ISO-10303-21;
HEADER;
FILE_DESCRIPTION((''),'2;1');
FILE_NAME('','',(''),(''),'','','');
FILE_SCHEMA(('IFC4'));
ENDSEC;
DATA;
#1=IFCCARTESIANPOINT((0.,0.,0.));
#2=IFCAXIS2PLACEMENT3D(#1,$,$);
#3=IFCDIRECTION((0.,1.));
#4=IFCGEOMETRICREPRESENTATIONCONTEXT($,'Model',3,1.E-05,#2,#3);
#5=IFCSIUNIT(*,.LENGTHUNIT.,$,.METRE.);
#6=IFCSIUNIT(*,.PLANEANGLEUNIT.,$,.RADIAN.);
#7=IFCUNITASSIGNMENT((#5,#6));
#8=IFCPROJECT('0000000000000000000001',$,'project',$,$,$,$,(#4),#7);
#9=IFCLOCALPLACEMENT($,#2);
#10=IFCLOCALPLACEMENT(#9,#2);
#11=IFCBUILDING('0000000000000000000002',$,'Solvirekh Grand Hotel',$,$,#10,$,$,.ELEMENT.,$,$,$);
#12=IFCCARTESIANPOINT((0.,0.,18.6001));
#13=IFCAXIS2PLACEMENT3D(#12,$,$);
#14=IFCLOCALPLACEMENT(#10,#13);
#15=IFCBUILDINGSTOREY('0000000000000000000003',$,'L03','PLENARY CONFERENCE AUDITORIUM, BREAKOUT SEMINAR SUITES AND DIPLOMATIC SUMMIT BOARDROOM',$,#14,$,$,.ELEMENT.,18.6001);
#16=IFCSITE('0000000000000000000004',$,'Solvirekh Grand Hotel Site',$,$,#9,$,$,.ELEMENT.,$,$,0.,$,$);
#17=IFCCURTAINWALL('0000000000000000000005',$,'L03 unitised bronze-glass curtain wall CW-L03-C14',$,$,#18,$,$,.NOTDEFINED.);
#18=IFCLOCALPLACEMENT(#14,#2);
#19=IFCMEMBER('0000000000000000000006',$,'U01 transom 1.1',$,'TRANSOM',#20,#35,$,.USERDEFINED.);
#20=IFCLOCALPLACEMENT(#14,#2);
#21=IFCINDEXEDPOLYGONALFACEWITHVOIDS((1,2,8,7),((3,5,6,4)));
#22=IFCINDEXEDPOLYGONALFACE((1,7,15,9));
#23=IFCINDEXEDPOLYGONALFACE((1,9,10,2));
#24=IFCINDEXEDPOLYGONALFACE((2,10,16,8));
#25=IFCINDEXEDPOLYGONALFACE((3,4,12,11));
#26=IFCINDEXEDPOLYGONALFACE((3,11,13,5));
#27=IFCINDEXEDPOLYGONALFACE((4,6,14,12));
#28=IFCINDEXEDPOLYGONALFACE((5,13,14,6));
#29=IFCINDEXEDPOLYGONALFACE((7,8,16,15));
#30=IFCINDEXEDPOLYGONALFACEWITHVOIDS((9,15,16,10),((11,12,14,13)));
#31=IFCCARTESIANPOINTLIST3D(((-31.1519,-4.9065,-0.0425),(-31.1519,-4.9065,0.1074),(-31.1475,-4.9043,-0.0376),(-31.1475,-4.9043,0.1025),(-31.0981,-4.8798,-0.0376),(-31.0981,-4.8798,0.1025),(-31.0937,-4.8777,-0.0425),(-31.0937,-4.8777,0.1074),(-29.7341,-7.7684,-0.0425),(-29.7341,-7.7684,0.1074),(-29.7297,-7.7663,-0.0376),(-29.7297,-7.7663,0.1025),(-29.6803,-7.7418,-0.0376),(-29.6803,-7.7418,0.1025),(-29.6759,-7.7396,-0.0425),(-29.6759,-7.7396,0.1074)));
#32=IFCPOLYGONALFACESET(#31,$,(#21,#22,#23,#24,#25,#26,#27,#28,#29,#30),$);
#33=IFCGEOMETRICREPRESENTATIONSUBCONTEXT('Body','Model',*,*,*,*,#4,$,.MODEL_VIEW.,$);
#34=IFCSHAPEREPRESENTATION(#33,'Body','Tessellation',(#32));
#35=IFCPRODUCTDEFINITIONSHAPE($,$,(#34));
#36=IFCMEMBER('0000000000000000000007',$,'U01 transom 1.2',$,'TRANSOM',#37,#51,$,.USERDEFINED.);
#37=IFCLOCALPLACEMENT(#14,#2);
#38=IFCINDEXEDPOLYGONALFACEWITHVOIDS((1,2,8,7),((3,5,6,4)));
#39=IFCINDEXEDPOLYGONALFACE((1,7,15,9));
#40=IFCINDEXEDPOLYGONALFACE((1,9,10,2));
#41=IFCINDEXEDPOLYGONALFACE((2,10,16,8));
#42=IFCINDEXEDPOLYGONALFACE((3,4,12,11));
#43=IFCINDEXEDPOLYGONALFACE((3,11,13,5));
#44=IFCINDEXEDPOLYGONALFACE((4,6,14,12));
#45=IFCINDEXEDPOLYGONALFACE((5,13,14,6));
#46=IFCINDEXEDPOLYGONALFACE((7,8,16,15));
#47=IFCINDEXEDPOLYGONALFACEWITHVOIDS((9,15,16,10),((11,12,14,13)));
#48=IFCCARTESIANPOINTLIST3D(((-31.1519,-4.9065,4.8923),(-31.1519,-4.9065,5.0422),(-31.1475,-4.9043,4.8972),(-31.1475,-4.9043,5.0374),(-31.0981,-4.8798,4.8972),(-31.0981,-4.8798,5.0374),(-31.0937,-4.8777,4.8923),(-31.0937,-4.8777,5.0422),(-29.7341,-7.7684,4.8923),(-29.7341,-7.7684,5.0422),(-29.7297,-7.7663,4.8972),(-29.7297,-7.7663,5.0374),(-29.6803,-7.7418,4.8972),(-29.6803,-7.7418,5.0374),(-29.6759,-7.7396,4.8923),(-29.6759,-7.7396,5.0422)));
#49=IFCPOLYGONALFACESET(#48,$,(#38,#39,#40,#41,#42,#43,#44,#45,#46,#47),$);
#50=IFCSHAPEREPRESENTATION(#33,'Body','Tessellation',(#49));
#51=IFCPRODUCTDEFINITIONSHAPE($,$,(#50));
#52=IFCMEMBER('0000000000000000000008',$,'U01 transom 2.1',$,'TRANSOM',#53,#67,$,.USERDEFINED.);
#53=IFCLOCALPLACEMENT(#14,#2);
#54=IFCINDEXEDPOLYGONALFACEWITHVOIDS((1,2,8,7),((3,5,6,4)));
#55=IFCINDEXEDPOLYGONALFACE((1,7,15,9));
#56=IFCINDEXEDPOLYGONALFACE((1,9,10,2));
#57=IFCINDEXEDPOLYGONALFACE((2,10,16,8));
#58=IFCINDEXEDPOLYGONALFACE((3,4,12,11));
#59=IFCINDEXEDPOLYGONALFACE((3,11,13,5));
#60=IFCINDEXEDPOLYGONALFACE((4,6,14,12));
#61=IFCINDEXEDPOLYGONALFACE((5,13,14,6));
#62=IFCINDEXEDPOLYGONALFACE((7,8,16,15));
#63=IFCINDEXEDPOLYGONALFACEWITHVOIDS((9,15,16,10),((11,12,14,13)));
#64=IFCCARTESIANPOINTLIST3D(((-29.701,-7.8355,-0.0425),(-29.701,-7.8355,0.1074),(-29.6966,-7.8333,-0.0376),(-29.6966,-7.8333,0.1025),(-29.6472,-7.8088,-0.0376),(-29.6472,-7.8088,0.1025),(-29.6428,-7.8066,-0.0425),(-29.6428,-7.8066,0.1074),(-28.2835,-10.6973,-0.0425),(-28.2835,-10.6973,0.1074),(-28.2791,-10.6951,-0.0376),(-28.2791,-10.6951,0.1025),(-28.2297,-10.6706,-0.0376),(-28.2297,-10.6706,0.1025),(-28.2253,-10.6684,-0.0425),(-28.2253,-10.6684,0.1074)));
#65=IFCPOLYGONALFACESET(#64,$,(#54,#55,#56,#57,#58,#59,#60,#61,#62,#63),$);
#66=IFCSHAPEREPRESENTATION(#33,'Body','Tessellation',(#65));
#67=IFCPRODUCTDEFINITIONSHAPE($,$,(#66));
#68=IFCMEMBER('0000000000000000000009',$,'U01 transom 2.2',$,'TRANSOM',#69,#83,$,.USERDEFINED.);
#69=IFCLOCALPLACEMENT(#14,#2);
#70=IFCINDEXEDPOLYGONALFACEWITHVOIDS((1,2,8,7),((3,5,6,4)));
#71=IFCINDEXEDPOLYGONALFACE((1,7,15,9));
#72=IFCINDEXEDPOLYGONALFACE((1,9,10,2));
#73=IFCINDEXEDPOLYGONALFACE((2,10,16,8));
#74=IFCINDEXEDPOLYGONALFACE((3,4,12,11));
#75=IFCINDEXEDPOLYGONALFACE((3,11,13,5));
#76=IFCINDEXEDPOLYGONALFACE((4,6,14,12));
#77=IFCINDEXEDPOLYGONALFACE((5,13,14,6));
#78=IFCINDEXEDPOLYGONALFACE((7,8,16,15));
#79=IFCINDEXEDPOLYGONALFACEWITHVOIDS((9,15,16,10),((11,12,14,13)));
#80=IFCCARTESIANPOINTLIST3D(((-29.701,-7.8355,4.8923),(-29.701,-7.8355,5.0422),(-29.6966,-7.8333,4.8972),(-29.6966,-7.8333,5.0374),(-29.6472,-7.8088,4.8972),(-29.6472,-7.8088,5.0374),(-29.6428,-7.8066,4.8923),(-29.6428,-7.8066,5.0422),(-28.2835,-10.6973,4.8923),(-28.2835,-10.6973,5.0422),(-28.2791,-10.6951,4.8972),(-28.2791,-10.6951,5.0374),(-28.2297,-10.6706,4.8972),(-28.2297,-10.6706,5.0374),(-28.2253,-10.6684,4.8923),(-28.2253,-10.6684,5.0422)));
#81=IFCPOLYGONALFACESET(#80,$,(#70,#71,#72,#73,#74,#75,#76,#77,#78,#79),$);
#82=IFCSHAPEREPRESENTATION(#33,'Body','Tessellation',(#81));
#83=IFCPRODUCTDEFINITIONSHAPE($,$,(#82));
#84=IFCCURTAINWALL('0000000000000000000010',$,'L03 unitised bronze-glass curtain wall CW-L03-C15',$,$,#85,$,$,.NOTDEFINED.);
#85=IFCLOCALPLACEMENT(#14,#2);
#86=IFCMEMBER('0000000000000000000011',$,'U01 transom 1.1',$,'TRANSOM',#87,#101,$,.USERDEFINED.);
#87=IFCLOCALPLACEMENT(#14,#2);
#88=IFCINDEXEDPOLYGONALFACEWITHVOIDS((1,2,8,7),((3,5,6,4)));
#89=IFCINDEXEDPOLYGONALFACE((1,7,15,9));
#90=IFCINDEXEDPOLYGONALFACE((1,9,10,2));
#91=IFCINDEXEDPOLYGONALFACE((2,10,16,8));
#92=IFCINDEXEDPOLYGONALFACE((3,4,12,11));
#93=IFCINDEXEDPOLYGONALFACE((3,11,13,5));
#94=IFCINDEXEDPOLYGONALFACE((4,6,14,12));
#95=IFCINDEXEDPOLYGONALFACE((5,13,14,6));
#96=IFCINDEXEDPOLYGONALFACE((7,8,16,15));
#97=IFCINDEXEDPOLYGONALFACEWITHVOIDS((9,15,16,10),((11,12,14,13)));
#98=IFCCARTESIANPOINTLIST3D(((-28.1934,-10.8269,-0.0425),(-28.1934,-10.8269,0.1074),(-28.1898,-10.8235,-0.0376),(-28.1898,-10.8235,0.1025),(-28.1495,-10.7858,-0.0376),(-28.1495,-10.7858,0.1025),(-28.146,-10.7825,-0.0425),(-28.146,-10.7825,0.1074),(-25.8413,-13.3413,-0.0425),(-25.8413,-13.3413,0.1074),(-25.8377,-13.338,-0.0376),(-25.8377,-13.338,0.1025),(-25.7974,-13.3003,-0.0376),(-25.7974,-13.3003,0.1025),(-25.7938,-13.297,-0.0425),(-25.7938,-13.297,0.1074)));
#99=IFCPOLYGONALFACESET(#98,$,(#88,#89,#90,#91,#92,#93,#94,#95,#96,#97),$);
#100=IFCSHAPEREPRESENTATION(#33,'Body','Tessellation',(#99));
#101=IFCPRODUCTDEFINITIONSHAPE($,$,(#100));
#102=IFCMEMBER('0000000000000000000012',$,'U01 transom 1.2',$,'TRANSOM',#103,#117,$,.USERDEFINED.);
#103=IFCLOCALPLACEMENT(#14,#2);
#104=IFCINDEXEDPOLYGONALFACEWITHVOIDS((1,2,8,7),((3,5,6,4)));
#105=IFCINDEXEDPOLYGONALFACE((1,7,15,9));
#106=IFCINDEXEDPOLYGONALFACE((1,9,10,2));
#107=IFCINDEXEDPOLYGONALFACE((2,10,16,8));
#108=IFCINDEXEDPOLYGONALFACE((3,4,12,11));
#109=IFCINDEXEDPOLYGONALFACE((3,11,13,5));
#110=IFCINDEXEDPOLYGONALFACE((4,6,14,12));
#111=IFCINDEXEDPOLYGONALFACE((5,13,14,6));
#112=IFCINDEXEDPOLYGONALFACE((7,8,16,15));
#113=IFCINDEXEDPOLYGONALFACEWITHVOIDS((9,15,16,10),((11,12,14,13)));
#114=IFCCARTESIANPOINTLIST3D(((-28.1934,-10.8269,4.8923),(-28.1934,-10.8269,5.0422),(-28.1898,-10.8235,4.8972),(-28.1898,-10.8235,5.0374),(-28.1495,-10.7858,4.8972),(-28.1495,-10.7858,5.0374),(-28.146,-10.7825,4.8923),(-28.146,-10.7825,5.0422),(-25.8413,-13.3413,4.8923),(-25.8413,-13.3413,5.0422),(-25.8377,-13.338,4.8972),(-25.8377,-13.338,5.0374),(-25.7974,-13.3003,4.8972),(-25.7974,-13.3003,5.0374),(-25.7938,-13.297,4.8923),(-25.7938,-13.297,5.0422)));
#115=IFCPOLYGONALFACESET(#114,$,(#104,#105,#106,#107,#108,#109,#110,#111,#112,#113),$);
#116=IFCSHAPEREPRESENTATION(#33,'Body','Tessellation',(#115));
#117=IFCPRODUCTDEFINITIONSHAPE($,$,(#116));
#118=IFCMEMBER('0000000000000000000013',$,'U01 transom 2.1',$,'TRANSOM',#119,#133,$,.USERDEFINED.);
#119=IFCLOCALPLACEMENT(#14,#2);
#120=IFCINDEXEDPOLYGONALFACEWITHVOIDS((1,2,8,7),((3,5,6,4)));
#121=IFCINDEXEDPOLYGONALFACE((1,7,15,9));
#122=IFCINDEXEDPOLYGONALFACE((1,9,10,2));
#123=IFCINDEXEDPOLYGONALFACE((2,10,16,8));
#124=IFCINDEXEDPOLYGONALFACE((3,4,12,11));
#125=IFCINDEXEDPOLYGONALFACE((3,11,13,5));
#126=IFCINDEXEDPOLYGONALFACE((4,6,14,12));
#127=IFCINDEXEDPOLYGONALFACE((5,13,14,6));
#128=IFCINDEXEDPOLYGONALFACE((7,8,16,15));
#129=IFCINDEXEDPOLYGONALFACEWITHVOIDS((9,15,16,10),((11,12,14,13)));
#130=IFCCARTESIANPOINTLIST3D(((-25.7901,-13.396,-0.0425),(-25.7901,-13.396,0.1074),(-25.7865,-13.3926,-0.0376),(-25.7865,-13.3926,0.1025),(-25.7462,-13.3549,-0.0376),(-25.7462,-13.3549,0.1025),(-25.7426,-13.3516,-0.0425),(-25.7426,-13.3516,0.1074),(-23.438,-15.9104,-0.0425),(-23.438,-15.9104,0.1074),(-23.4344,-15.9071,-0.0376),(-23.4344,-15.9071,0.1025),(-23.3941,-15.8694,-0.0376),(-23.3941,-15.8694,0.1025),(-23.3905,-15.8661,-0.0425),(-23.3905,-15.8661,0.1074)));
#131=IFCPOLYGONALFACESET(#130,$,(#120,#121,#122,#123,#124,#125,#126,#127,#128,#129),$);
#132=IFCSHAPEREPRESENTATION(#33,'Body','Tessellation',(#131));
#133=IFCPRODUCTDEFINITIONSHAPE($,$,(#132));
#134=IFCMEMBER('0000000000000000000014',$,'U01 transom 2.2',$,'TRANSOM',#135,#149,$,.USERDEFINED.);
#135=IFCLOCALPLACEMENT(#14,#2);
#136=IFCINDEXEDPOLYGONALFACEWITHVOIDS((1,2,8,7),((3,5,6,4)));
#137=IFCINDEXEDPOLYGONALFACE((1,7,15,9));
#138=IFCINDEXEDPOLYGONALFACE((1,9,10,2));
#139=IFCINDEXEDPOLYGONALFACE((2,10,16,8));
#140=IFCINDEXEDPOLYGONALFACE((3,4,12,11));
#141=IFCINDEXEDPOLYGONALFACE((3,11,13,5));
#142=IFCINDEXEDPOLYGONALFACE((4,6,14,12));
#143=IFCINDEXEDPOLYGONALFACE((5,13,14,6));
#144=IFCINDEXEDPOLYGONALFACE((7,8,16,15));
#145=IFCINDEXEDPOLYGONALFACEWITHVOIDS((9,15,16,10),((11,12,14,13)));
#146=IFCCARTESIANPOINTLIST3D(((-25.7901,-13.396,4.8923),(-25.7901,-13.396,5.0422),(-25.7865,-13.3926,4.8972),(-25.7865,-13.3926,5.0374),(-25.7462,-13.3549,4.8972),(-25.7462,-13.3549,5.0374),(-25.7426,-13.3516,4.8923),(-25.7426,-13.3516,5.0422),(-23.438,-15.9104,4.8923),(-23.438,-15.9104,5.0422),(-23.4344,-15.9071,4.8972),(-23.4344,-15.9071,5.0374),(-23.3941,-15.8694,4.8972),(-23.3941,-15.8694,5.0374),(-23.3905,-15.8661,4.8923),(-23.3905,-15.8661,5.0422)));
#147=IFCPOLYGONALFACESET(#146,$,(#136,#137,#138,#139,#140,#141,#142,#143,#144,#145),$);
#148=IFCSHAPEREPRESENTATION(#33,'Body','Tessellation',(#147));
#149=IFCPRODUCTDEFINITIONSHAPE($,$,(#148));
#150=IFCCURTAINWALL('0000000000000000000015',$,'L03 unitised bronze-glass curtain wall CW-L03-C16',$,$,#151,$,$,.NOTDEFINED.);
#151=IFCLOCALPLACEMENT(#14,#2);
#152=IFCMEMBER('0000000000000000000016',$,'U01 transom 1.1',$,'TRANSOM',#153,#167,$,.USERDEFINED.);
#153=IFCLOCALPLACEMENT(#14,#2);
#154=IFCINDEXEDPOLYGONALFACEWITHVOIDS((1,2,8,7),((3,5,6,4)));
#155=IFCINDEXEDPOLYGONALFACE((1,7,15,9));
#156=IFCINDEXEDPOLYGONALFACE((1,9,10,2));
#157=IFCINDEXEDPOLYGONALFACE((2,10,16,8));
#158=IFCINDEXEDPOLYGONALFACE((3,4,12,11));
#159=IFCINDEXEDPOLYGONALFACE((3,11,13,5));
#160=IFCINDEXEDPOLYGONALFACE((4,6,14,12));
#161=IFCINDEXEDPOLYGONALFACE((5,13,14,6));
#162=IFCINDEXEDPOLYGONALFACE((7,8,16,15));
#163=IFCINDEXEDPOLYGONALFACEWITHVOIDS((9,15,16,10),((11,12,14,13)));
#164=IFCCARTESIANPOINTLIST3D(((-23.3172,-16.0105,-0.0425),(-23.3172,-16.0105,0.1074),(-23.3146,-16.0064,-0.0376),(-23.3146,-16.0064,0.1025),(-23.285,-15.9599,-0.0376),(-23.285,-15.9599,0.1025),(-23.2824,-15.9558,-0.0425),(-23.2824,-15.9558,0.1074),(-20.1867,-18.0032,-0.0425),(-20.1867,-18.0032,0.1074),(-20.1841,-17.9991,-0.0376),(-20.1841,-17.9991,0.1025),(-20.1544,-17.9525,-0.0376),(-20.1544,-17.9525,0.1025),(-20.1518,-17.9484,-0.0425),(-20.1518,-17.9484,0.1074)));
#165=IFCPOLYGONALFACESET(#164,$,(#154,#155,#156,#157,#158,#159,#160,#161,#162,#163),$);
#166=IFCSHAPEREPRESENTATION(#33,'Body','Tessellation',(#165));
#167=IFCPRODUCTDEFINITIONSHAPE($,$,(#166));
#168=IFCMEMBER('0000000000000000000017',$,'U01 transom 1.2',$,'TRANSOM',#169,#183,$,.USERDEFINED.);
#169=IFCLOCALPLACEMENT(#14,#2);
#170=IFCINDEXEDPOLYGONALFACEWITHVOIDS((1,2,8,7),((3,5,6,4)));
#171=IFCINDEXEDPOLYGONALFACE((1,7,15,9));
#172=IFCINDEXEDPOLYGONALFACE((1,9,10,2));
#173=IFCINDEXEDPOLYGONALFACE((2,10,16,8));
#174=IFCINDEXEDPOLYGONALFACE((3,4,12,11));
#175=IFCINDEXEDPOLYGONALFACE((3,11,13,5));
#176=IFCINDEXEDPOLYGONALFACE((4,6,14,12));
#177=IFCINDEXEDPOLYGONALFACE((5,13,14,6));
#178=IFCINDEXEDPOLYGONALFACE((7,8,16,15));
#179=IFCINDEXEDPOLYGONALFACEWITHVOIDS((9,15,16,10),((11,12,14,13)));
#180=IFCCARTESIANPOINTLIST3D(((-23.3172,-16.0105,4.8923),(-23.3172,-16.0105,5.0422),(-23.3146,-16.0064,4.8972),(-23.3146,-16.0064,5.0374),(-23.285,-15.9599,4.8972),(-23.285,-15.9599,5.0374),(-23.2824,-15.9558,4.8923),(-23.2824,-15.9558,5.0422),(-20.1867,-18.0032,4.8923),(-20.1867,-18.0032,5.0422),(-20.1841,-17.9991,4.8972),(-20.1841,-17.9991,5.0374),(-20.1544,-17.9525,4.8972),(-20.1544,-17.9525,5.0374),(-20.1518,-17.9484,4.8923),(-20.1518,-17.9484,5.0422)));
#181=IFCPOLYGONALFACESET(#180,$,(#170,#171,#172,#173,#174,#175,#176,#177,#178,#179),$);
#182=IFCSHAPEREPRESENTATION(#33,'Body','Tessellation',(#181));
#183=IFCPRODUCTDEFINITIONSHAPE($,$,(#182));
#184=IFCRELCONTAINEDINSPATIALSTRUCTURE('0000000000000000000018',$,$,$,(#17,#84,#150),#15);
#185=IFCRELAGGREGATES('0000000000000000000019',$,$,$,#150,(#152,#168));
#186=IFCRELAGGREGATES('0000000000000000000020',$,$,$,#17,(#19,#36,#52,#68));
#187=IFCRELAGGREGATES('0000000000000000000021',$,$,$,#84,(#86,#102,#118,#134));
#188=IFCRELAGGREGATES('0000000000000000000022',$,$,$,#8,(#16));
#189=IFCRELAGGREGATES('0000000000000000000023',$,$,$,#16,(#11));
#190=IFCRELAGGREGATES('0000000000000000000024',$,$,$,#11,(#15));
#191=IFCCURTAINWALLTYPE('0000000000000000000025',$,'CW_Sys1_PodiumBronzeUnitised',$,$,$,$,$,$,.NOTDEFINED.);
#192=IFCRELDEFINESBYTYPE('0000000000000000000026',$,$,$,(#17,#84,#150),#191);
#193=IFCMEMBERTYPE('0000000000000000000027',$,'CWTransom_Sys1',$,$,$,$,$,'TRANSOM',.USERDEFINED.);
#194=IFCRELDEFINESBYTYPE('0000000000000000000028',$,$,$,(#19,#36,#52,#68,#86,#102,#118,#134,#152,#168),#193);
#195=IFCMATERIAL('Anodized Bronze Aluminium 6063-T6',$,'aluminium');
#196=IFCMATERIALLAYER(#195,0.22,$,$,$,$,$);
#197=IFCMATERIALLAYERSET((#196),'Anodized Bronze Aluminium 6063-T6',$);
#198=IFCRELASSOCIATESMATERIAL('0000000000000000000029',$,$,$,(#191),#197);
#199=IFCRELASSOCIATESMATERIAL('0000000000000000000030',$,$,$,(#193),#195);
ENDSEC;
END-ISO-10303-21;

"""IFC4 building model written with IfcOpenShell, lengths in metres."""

from ifc_helpers import new_model, si_unit, direction, frame, origin, origin_2d, place, context, subcontext, project, spatial, hollow_rectangle, extrude, source, transform, mapped, material, layer, layer_set, material_profile, profile_set, type_object, element, aggregate, save


model = new_model("IFC4")

# Units and contexts
model_context = context("Model", 3, precision=1e-05, world=origin(), true_north=direction((0.0, 1.0)))
body_context = subcontext(model_context, "Body", "Model", "MODEL_VIEW")
ifc_project = project(units=[si_unit("LENGTHUNIT", "METRE"), si_unit("PLANEANGLEUNIT", "RADIAN")], contexts=[model_context])

# Site, building, storey
site_placement = place(None, origin())
site = spatial("IfcSite", under=ifc_project, at=site_placement, Name="Solvirekh Grand Hotel Site", CompositionType="ELEMENT", RefElevation=0.0)
building_placement = place(site_placement, origin())
building = spatial("IfcBuilding", under=site, at=building_placement, Name="Solvirekh Grand Hotel", CompositionType="ELEMENT")
storey_placement = place(building_placement, frame((0.0, 0.0, 18.6001)))
storey = spatial("IfcBuildingStorey", under=building, at=storey_placement, Name="L03", Description="PLENARY CONFERENCE AUDITORIUM, BREAKOUT SEMINAR SUITES AND DIPLOMATIC SUMMIT BOARDROOM", CompositionType="ELEMENT", Elevation=18.6001)

# Curtain walls, members
ifc_material_1 = material(Name="Anodized Bronze Aluminium 6063-T6", Category="aluminium")
ifc_layer_1 = layer(ifc_material_1, 0.22)
ifc_layer_set_1 = layer_set([ifc_layer_1], Name="Anodized Bronze Aluminium 6063-T6")
curtain_wall_type = type_object("IfcCurtainWallType", Name="CW_Sys1_PodiumBronzeUnitised", PredefinedType="NOTDEFINED", material=ifc_layer_set_1)
curtain_wall_1_placement = place(storey_placement, origin())
curtain_wall_1 = element("IfcCurtainWall", 1, at=curtain_wall_1_placement, inside=storey, type_object=curtain_wall_type, Name="L03 unitised bronze-glass curtain wall CW-L03-C14", PredefinedType="NOTDEFINED")
ifc_material_profile_1 = material_profile(ifc_material_1, hollow_rectangle(XDim=0.0649, YDim=0.1499, WallThickness=0.0049, at=origin_2d()), Name="ALU RHS 150X65X5")
ifc_profile_set_1 = profile_set([ifc_material_profile_1], Name="Anodized Bronze Aluminium 6063-T6")
member_type_1 = type_object("IfcMemberType", Name="CWTransom_Sys1", ElementType="TRANSOM", PredefinedType="USERDEFINED", material=ifc_profile_set_1)
shared_shape_1 = source(origin(), body_context, "Body", "SweptSolid", [
    extrude(hollow_rectangle(XDim=0.0649, YDim=0.1499, WallThickness=0.0049, at=origin_2d()), origin(), (0.0, 0.0, 1.0), 3.1938),
])
member_1_placement = place(storey_placement, frame((-31.1228, -4.8921, 0.0325), z_axis=(0.443908, -0.896072, 0.0), x_axis=(0.896072, 0.443908, 0.0)))
member_1 = element("IfcMember", 2, at=member_1_placement, type_object=member_type_1, Name="U01 transom 1.1", ObjectType="TRANSOM", PredefinedType="USERDEFINED", context=body_context, shape_type="MappedRepresentation", body=[
    mapped(shared_shape_1, transform((0.0, 0.0, 0.0), x_axis=(1.0, 0.0, 0.0), y_axis=(0.0, 1.0, 0.0), z_axis=(0.0, 0.0, 1.0), scale=1.0)),
])
member_2_placement = place(storey_placement, frame((-31.1228, -4.8921, 4.9673), z_axis=(0.443908, -0.896072, 0.0), x_axis=(0.896072, 0.443908, 0.0)))
member_2 = element("IfcMember", 3, at=member_2_placement, type_object=member_type_1, Name="U01 transom 1.2", ObjectType="TRANSOM", PredefinedType="USERDEFINED", context=body_context, shape_type="MappedRepresentation", body=[
    mapped(shared_shape_1, transform((0.0, 0.0, 0.0), x_axis=(1.0, 0.0, 0.0), y_axis=(0.0, 1.0, 0.0), z_axis=(0.0, 0.0, 1.0), scale=1.0)),
])
shared_shape_2 = source(origin(), body_context, "Body", "SweptSolid", [
    extrude(hollow_rectangle(XDim=0.0649, YDim=0.1499, WallThickness=0.0049, at=origin_2d()), origin(), (0.0, 0.0, 1.0), 3.1936),
])
member_3_placement = place(storey_placement, frame((-29.6719, -7.821, 0.0325), z_axis=(0.443847, -0.896103, 0.0), x_axis=(0.896103, 0.443847, 0.0)))
member_3 = element("IfcMember", 4, at=member_3_placement, type_object=member_type_1, Name="U01 transom 2.1", ObjectType="TRANSOM", PredefinedType="USERDEFINED", context=body_context, shape_type="MappedRepresentation", body=[
    mapped(shared_shape_2, transform((0.0, 0.0, 0.0), x_axis=(1.0, 0.0, 0.0), y_axis=(0.0, 1.0, 0.0), z_axis=(0.0, 0.0, 1.0), scale=1.0)),
])
member_4_placement = place(storey_placement, frame((-29.6719, -7.821, 4.9673), z_axis=(0.443847, -0.896103, 0.0), x_axis=(0.896103, 0.443847, 0.0)))
member_4 = element("IfcMember", 5, at=member_4_placement, type_object=member_type_1, Name="U01 transom 2.2", ObjectType="TRANSOM", PredefinedType="USERDEFINED", context=body_context, shape_type="MappedRepresentation", body=[
    mapped(shared_shape_2, transform((0.0, 0.0, 0.0), x_axis=(1.0, 0.0, 0.0), y_axis=(0.0, 1.0, 0.0), z_axis=(0.0, 0.0, 1.0), scale=1.0)),
])
curtain_wall_2_placement = place(storey_placement, origin())
curtain_wall_2 = element("IfcCurtainWall", 6, at=curtain_wall_2_placement, inside=storey, type_object=curtain_wall_type, Name="L03 unitised bronze-glass curtain wall CW-L03-C15", PredefinedType="NOTDEFINED")
shared_shape_3 = source(origin(), body_context, "Body", "SweptSolid", [
    extrude(hollow_rectangle(XDim=0.0649, YDim=0.1499, WallThickness=0.0049, at=origin_2d()), origin(), (0.0, 0.0, 1.0), 3.4431),
])
member_5_placement = place(storey_placement, frame((-28.1697, -10.8047, 0.0325), z_axis=(0.683136, -0.730291, 0.0), x_axis=(0.730291, 0.683136, 0.0)))
member_5 = element("IfcMember", 7, at=member_5_placement, type_object=member_type_1, Name="U01 transom 1.1", ObjectType="TRANSOM", PredefinedType="USERDEFINED", context=body_context, shape_type="MappedRepresentation", body=[
    mapped(shared_shape_3, transform((0.0, 0.0, 0.0), x_axis=(1.0, 0.0, 0.0), y_axis=(0.0, 1.0, 0.0), z_axis=(0.0, 0.0, 1.0), scale=1.0)),
])
member_6_placement = place(storey_placement, frame((-28.1697, -10.8047, 4.9673), z_axis=(0.683136, -0.730291, 0.0), x_axis=(0.730291, 0.683136, 0.0)))
member_6 = element("IfcMember", 8, at=member_6_placement, type_object=member_type_1, Name="U01 transom 1.2", ObjectType="TRANSOM", PredefinedType="USERDEFINED", context=body_context, shape_type="MappedRepresentation", body=[
    mapped(shared_shape_3, transform((0.0, 0.0, 0.0), x_axis=(1.0, 0.0, 0.0), y_axis=(0.0, 1.0, 0.0), z_axis=(0.0, 0.0, 1.0), scale=1.0)),
])
member_7_placement = place(storey_placement, frame((-25.7664, -13.3738, 0.0325), z_axis=(0.683136, -0.730291, 0.0), x_axis=(0.730291, 0.683136, 0.0)))
member_7 = element("IfcMember", 9, at=member_7_placement, type_object=member_type_1, Name="U01 transom 2.1", ObjectType="TRANSOM", PredefinedType="USERDEFINED", context=body_context, shape_type="MappedRepresentation", body=[
    mapped(shared_shape_3, transform((0.0, 0.0, 0.0), x_axis=(1.0, 0.0, 0.0), y_axis=(0.0, 1.0, 0.0), z_axis=(0.0, 0.0, 1.0), scale=1.0)),
])
member_8_placement = place(storey_placement, frame((-25.7664, -13.3738, 4.9673), z_axis=(0.683136, -0.730291, 0.0), x_axis=(0.730291, 0.683136, 0.0)))
member_8 = element("IfcMember", 10, at=member_8_placement, type_object=member_type_1, Name="U01 transom 2.2", ObjectType="TRANSOM", PredefinedType="USERDEFINED", context=body_context, shape_type="MappedRepresentation", body=[
    mapped(shared_shape_3, transform((0.0, 0.0, 0.0), x_axis=(1.0, 0.0, 0.0), y_axis=(0.0, 1.0, 0.0), z_axis=(0.0, 0.0, 1.0), scale=1.0)),
])
curtain_wall_3_placement = place(storey_placement, origin())
curtain_wall_3 = element("IfcCurtainWall", 11, at=curtain_wall_3_placement, inside=storey, type_object=curtain_wall_type, Name="L03 unitised bronze-glass curtain wall CW-L03-C16", PredefinedType="NOTDEFINED")
shared_shape_4 = source(origin(), body_context, "Body", "SweptSolid", [
    extrude(hollow_rectangle(XDim=0.0649, YDim=0.1499, WallThickness=0.0049, at=origin_2d()), origin(), (0.0, 0.0, 1.0), 3.7109),
])
member_9_placement = place(storey_placement, frame((-23.2998, -15.9832, 0.0325), z_axis=(0.843605, -0.536965, 0.0), x_axis=(0.536965, 0.843605, 0.0)))
member_9 = element("IfcMember", 12, at=member_9_placement, type_object=member_type_1, Name="U01 transom 1.1", ObjectType="TRANSOM", PredefinedType="USERDEFINED", context=body_context, shape_type="MappedRepresentation", body=[
    mapped(shared_shape_4, transform((0.0, 0.0, 0.0), x_axis=(1.0, 0.0, 0.0), y_axis=(0.0, 1.0, 0.0), z_axis=(0.0, 0.0, 1.0), scale=1.0)),
])
member_10_placement = place(storey_placement, frame((-23.2998, -15.9832, 4.9673), z_axis=(0.843605, -0.536965, 0.0), x_axis=(0.536965, 0.843605, 0.0)))
member_10 = element("IfcMember", 13, at=member_10_placement, type_object=member_type_1, Name="U01 transom 1.2", ObjectType="TRANSOM", PredefinedType="USERDEFINED", context=body_context, shape_type="MappedRepresentation", body=[
    mapped(shared_shape_4, transform((0.0, 0.0, 0.0), x_axis=(1.0, 0.0, 0.0), y_axis=(0.0, 1.0, 0.0), z_axis=(0.0, 0.0, 1.0), scale=1.0)),
])

aggregate(curtain_wall_3, [member_9, member_10])

aggregate(curtain_wall_1, [member_1, member_2, member_3, member_4])
aggregate(curtain_wall_2, [member_5, member_6, member_7, member_8])

save(model, "model.ifc")
